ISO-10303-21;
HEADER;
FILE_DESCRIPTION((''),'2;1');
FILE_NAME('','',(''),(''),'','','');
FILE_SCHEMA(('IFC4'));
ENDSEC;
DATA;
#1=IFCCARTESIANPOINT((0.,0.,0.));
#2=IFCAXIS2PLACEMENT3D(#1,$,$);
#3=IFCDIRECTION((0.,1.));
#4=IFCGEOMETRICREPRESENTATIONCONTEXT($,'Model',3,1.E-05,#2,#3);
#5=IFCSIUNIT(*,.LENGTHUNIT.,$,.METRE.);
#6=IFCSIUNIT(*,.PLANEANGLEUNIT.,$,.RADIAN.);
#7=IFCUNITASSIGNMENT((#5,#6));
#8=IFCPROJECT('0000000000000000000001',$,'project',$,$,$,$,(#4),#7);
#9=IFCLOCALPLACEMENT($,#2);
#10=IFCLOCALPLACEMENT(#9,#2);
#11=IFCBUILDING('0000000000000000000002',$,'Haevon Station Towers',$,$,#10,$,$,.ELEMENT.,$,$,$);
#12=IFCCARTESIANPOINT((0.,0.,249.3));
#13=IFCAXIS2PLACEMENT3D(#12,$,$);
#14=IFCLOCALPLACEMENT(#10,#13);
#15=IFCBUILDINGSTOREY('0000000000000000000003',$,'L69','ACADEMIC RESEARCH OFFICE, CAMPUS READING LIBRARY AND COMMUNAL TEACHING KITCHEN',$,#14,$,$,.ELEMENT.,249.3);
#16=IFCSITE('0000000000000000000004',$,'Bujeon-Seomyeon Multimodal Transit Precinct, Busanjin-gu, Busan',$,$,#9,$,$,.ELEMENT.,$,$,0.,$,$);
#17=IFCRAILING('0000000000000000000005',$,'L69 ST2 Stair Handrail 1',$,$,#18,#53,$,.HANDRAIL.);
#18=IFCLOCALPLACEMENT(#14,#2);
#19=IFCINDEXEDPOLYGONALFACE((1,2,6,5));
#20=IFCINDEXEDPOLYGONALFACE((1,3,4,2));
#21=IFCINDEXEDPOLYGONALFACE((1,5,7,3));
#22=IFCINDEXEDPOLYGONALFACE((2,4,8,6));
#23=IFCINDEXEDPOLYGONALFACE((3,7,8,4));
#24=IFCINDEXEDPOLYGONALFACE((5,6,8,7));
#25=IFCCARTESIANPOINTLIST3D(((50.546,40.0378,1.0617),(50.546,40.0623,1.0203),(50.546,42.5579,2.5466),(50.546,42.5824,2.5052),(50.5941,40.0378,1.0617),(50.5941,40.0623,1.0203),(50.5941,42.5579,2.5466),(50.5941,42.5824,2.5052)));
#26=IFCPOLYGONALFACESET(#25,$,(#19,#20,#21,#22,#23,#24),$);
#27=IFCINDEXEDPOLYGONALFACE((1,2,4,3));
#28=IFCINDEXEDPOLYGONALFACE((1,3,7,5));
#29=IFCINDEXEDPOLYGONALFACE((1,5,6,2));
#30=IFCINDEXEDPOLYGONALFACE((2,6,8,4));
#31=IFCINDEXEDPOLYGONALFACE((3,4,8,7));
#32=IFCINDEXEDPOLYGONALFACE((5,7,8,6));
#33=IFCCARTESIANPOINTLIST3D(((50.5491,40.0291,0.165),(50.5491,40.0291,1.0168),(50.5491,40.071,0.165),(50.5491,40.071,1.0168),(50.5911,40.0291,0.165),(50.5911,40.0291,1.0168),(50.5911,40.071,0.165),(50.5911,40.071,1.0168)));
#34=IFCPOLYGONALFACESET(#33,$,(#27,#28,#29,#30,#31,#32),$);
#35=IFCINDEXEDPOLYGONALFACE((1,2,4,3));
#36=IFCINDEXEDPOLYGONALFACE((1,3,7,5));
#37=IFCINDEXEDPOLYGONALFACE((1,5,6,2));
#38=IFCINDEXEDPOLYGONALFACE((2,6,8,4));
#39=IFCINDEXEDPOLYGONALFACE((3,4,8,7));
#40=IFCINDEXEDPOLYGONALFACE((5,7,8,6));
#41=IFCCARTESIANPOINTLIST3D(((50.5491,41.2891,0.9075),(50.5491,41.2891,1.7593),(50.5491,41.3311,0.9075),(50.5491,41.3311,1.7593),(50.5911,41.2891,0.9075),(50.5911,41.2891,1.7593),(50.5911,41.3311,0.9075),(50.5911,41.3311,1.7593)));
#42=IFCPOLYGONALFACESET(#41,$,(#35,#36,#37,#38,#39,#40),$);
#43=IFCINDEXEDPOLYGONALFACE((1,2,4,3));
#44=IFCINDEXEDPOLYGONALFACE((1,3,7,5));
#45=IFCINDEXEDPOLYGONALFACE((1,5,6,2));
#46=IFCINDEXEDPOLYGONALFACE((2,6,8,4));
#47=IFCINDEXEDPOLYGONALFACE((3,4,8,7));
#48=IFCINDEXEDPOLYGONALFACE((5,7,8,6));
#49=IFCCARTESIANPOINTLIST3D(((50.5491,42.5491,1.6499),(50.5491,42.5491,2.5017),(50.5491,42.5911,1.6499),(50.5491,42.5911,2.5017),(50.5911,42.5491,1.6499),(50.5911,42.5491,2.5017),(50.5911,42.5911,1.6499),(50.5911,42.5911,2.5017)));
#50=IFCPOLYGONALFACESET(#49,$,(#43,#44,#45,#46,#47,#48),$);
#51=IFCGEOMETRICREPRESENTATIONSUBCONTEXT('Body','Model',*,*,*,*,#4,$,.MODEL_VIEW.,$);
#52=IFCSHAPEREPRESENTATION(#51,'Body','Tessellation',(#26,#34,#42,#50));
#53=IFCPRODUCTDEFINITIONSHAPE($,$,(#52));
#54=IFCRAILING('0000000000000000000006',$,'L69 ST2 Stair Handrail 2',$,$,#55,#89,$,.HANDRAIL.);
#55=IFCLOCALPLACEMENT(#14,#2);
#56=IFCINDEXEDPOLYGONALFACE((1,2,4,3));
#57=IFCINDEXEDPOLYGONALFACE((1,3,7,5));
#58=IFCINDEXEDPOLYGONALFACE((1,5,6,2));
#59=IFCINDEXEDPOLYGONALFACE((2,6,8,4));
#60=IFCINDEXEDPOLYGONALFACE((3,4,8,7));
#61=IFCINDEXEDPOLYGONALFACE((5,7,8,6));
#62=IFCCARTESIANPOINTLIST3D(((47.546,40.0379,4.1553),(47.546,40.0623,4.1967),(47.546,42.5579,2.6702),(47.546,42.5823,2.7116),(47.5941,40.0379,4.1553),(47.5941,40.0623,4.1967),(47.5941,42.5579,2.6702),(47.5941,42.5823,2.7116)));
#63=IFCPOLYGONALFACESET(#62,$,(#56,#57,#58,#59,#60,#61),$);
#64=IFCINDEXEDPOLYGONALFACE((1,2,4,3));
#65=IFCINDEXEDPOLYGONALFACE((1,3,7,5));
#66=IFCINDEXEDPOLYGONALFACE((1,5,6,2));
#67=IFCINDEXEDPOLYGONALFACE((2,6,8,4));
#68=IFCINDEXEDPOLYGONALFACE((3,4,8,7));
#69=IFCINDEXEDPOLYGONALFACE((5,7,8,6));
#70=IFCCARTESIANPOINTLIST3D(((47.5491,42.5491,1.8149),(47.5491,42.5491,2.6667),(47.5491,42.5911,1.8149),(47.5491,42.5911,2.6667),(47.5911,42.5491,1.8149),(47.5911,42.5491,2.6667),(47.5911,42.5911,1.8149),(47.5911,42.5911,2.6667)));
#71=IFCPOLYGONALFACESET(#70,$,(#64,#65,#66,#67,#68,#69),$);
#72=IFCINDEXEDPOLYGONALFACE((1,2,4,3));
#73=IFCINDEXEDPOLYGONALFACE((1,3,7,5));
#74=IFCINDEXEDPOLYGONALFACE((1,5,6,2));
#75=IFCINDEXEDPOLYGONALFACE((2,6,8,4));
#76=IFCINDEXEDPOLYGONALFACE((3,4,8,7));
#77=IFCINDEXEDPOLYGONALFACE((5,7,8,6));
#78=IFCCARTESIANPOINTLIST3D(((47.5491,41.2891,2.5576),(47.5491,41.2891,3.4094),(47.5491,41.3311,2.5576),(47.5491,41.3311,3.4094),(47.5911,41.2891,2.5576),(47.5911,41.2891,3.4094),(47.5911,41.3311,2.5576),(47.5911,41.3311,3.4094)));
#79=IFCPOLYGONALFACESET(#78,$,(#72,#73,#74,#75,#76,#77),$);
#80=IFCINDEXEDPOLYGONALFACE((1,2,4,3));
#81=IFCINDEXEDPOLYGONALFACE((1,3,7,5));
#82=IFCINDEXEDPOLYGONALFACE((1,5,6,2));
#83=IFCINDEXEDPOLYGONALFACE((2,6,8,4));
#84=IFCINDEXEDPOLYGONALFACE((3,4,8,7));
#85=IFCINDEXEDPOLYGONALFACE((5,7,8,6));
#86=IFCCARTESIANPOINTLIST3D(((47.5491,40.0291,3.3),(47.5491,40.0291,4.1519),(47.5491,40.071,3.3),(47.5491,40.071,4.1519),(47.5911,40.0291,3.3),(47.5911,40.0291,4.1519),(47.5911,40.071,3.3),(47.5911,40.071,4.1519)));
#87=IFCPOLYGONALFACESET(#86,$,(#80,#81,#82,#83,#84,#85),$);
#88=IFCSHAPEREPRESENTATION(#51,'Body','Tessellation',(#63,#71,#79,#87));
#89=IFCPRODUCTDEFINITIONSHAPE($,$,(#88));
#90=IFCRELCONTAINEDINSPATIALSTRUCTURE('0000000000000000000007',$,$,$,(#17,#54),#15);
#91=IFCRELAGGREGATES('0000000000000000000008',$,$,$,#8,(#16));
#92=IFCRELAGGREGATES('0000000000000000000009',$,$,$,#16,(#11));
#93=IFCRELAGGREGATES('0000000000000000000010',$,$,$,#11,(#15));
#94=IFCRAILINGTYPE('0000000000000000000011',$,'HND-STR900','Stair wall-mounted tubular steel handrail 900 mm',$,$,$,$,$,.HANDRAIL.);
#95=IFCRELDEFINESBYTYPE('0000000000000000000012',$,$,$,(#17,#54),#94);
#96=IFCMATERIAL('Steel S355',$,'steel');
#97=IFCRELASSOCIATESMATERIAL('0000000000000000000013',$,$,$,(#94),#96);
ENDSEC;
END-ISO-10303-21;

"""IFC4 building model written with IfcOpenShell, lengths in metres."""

from ifc_helpers import new_model, si_unit, direction, frame, origin, origin_2d, place, context, subcontext, project, spatial, rectangle, extrude, material, type_object, element, save


model = new_model("IFC4")

# Units and contexts
model_context = context("Model", 3, precision=1e-05, world=origin(), true_north=direction((0.0, 1.0)))
body_context = subcontext(model_context, "Body", "Model", "MODEL_VIEW")
ifc_project = project(units=[si_unit("LENGTHUNIT", "METRE"), si_unit("PLANEANGLEUNIT", "RADIAN")], contexts=[model_context])

# Site, building, storey
site_placement = place(None, origin())
site = spatial("IfcSite", under=ifc_project, at=site_placement, Name="Bujeon-Seomyeon Multimodal Transit Precinct, Busanjin-gu, Busan", CompositionType="ELEMENT", RefElevation=0.0)
building_placement = place(site_placement, origin())
building = spatial("IfcBuilding", under=site, at=building_placement, Name="Haevon Station Towers", CompositionType="ELEMENT")
storey_placement = place(building_placement, frame((0.0, 0.0, 249.3)))
storey = spatial("IfcBuildingStorey", under=building, at=storey_placement, Name="L69", Description="ACADEMIC RESEARCH OFFICE, CAMPUS READING LIBRARY AND COMMUNAL TEACHING KITCHEN", CompositionType="ELEMENT", Elevation=249.3)

# Shared definitions
ifc_material_1 = material(Name="Steel S355", Category="steel")

# Railings
railing_type_1 = type_object("IfcRailingType", Name="HND-STR900", Description="Stair wall-mounted tubular steel handrail 900 mm", PredefinedType="HANDRAIL", material=ifc_material_1)
railing_1_placement = place(storey_placement, frame((50.5701, 40.05, 0.165)))
element("IfcRailing", 1, at=railing_1_placement, inside=storey, type_object=railing_type_1, Name="L69 ST2 Stair Handrail 1", PredefinedType="HANDRAIL", context=body_context, shape_type="SweptSolid", body=[
    extrude(rectangle(XDim=0.0481, YDim=0.0481, at=origin_2d()), frame((0.0, 0.0, 0.876), z_axis=(0.0, 0.861561, 0.507655), x_axis=(-1.0, 0.0, 0.0)), (0.0, 0.0, 1.0), 2.925),
    extrude(rectangle(XDim=0.042, YDim=0.042, at=origin_2d()), origin(), (0.0, 0.0, 1.0), 0.8518),
    extrude(rectangle(XDim=0.042, YDim=0.042, at=origin_2d()), frame((0.0, 1.26, 0.7424)), (0.0, 0.0, 1.0), 0.8518),
    extrude(rectangle(XDim=0.042, YDim=0.042, at=origin_2d()), frame((0.0, 2.52, 1.4849)), (0.0, 0.0, 1.0), 0.8518),
])
railing_2_placement = place(storey_placement, frame((47.5701, 42.5701, 1.8149)))
element("IfcRailing", 2, at=railing_2_placement, inside=storey, type_object=railing_type_1, Name="L69 ST2 Stair Handrail 2", PredefinedType="HANDRAIL", context=body_context, shape_type="SweptSolid", body=[
    extrude(rectangle(XDim=0.0481, YDim=0.0481, at=origin_2d()), frame((0.0, 0.0, 0.876), z_axis=(0.0, -0.861524, 0.507717), x_axis=(1.0, 0.0, 0.0)), (0.0, 0.0, 1.0), 2.925),
    extrude(rectangle(XDim=0.042, YDim=0.042, at=origin_2d()), origin(), (0.0, 0.0, 1.0), 0.8518),
    extrude(rectangle(XDim=0.042, YDim=0.042, at=origin_2d()), frame((0.0, -1.26, 0.7427)), (0.0, 0.0, 1.0), 0.8518),
    extrude(rectangle(XDim=0.042, YDim=0.042, at=origin_2d()), frame((0.0, -2.52, 1.4851)), (0.0, 0.0, 1.0), 0.8518),
])

save(model, "model.ifc")
